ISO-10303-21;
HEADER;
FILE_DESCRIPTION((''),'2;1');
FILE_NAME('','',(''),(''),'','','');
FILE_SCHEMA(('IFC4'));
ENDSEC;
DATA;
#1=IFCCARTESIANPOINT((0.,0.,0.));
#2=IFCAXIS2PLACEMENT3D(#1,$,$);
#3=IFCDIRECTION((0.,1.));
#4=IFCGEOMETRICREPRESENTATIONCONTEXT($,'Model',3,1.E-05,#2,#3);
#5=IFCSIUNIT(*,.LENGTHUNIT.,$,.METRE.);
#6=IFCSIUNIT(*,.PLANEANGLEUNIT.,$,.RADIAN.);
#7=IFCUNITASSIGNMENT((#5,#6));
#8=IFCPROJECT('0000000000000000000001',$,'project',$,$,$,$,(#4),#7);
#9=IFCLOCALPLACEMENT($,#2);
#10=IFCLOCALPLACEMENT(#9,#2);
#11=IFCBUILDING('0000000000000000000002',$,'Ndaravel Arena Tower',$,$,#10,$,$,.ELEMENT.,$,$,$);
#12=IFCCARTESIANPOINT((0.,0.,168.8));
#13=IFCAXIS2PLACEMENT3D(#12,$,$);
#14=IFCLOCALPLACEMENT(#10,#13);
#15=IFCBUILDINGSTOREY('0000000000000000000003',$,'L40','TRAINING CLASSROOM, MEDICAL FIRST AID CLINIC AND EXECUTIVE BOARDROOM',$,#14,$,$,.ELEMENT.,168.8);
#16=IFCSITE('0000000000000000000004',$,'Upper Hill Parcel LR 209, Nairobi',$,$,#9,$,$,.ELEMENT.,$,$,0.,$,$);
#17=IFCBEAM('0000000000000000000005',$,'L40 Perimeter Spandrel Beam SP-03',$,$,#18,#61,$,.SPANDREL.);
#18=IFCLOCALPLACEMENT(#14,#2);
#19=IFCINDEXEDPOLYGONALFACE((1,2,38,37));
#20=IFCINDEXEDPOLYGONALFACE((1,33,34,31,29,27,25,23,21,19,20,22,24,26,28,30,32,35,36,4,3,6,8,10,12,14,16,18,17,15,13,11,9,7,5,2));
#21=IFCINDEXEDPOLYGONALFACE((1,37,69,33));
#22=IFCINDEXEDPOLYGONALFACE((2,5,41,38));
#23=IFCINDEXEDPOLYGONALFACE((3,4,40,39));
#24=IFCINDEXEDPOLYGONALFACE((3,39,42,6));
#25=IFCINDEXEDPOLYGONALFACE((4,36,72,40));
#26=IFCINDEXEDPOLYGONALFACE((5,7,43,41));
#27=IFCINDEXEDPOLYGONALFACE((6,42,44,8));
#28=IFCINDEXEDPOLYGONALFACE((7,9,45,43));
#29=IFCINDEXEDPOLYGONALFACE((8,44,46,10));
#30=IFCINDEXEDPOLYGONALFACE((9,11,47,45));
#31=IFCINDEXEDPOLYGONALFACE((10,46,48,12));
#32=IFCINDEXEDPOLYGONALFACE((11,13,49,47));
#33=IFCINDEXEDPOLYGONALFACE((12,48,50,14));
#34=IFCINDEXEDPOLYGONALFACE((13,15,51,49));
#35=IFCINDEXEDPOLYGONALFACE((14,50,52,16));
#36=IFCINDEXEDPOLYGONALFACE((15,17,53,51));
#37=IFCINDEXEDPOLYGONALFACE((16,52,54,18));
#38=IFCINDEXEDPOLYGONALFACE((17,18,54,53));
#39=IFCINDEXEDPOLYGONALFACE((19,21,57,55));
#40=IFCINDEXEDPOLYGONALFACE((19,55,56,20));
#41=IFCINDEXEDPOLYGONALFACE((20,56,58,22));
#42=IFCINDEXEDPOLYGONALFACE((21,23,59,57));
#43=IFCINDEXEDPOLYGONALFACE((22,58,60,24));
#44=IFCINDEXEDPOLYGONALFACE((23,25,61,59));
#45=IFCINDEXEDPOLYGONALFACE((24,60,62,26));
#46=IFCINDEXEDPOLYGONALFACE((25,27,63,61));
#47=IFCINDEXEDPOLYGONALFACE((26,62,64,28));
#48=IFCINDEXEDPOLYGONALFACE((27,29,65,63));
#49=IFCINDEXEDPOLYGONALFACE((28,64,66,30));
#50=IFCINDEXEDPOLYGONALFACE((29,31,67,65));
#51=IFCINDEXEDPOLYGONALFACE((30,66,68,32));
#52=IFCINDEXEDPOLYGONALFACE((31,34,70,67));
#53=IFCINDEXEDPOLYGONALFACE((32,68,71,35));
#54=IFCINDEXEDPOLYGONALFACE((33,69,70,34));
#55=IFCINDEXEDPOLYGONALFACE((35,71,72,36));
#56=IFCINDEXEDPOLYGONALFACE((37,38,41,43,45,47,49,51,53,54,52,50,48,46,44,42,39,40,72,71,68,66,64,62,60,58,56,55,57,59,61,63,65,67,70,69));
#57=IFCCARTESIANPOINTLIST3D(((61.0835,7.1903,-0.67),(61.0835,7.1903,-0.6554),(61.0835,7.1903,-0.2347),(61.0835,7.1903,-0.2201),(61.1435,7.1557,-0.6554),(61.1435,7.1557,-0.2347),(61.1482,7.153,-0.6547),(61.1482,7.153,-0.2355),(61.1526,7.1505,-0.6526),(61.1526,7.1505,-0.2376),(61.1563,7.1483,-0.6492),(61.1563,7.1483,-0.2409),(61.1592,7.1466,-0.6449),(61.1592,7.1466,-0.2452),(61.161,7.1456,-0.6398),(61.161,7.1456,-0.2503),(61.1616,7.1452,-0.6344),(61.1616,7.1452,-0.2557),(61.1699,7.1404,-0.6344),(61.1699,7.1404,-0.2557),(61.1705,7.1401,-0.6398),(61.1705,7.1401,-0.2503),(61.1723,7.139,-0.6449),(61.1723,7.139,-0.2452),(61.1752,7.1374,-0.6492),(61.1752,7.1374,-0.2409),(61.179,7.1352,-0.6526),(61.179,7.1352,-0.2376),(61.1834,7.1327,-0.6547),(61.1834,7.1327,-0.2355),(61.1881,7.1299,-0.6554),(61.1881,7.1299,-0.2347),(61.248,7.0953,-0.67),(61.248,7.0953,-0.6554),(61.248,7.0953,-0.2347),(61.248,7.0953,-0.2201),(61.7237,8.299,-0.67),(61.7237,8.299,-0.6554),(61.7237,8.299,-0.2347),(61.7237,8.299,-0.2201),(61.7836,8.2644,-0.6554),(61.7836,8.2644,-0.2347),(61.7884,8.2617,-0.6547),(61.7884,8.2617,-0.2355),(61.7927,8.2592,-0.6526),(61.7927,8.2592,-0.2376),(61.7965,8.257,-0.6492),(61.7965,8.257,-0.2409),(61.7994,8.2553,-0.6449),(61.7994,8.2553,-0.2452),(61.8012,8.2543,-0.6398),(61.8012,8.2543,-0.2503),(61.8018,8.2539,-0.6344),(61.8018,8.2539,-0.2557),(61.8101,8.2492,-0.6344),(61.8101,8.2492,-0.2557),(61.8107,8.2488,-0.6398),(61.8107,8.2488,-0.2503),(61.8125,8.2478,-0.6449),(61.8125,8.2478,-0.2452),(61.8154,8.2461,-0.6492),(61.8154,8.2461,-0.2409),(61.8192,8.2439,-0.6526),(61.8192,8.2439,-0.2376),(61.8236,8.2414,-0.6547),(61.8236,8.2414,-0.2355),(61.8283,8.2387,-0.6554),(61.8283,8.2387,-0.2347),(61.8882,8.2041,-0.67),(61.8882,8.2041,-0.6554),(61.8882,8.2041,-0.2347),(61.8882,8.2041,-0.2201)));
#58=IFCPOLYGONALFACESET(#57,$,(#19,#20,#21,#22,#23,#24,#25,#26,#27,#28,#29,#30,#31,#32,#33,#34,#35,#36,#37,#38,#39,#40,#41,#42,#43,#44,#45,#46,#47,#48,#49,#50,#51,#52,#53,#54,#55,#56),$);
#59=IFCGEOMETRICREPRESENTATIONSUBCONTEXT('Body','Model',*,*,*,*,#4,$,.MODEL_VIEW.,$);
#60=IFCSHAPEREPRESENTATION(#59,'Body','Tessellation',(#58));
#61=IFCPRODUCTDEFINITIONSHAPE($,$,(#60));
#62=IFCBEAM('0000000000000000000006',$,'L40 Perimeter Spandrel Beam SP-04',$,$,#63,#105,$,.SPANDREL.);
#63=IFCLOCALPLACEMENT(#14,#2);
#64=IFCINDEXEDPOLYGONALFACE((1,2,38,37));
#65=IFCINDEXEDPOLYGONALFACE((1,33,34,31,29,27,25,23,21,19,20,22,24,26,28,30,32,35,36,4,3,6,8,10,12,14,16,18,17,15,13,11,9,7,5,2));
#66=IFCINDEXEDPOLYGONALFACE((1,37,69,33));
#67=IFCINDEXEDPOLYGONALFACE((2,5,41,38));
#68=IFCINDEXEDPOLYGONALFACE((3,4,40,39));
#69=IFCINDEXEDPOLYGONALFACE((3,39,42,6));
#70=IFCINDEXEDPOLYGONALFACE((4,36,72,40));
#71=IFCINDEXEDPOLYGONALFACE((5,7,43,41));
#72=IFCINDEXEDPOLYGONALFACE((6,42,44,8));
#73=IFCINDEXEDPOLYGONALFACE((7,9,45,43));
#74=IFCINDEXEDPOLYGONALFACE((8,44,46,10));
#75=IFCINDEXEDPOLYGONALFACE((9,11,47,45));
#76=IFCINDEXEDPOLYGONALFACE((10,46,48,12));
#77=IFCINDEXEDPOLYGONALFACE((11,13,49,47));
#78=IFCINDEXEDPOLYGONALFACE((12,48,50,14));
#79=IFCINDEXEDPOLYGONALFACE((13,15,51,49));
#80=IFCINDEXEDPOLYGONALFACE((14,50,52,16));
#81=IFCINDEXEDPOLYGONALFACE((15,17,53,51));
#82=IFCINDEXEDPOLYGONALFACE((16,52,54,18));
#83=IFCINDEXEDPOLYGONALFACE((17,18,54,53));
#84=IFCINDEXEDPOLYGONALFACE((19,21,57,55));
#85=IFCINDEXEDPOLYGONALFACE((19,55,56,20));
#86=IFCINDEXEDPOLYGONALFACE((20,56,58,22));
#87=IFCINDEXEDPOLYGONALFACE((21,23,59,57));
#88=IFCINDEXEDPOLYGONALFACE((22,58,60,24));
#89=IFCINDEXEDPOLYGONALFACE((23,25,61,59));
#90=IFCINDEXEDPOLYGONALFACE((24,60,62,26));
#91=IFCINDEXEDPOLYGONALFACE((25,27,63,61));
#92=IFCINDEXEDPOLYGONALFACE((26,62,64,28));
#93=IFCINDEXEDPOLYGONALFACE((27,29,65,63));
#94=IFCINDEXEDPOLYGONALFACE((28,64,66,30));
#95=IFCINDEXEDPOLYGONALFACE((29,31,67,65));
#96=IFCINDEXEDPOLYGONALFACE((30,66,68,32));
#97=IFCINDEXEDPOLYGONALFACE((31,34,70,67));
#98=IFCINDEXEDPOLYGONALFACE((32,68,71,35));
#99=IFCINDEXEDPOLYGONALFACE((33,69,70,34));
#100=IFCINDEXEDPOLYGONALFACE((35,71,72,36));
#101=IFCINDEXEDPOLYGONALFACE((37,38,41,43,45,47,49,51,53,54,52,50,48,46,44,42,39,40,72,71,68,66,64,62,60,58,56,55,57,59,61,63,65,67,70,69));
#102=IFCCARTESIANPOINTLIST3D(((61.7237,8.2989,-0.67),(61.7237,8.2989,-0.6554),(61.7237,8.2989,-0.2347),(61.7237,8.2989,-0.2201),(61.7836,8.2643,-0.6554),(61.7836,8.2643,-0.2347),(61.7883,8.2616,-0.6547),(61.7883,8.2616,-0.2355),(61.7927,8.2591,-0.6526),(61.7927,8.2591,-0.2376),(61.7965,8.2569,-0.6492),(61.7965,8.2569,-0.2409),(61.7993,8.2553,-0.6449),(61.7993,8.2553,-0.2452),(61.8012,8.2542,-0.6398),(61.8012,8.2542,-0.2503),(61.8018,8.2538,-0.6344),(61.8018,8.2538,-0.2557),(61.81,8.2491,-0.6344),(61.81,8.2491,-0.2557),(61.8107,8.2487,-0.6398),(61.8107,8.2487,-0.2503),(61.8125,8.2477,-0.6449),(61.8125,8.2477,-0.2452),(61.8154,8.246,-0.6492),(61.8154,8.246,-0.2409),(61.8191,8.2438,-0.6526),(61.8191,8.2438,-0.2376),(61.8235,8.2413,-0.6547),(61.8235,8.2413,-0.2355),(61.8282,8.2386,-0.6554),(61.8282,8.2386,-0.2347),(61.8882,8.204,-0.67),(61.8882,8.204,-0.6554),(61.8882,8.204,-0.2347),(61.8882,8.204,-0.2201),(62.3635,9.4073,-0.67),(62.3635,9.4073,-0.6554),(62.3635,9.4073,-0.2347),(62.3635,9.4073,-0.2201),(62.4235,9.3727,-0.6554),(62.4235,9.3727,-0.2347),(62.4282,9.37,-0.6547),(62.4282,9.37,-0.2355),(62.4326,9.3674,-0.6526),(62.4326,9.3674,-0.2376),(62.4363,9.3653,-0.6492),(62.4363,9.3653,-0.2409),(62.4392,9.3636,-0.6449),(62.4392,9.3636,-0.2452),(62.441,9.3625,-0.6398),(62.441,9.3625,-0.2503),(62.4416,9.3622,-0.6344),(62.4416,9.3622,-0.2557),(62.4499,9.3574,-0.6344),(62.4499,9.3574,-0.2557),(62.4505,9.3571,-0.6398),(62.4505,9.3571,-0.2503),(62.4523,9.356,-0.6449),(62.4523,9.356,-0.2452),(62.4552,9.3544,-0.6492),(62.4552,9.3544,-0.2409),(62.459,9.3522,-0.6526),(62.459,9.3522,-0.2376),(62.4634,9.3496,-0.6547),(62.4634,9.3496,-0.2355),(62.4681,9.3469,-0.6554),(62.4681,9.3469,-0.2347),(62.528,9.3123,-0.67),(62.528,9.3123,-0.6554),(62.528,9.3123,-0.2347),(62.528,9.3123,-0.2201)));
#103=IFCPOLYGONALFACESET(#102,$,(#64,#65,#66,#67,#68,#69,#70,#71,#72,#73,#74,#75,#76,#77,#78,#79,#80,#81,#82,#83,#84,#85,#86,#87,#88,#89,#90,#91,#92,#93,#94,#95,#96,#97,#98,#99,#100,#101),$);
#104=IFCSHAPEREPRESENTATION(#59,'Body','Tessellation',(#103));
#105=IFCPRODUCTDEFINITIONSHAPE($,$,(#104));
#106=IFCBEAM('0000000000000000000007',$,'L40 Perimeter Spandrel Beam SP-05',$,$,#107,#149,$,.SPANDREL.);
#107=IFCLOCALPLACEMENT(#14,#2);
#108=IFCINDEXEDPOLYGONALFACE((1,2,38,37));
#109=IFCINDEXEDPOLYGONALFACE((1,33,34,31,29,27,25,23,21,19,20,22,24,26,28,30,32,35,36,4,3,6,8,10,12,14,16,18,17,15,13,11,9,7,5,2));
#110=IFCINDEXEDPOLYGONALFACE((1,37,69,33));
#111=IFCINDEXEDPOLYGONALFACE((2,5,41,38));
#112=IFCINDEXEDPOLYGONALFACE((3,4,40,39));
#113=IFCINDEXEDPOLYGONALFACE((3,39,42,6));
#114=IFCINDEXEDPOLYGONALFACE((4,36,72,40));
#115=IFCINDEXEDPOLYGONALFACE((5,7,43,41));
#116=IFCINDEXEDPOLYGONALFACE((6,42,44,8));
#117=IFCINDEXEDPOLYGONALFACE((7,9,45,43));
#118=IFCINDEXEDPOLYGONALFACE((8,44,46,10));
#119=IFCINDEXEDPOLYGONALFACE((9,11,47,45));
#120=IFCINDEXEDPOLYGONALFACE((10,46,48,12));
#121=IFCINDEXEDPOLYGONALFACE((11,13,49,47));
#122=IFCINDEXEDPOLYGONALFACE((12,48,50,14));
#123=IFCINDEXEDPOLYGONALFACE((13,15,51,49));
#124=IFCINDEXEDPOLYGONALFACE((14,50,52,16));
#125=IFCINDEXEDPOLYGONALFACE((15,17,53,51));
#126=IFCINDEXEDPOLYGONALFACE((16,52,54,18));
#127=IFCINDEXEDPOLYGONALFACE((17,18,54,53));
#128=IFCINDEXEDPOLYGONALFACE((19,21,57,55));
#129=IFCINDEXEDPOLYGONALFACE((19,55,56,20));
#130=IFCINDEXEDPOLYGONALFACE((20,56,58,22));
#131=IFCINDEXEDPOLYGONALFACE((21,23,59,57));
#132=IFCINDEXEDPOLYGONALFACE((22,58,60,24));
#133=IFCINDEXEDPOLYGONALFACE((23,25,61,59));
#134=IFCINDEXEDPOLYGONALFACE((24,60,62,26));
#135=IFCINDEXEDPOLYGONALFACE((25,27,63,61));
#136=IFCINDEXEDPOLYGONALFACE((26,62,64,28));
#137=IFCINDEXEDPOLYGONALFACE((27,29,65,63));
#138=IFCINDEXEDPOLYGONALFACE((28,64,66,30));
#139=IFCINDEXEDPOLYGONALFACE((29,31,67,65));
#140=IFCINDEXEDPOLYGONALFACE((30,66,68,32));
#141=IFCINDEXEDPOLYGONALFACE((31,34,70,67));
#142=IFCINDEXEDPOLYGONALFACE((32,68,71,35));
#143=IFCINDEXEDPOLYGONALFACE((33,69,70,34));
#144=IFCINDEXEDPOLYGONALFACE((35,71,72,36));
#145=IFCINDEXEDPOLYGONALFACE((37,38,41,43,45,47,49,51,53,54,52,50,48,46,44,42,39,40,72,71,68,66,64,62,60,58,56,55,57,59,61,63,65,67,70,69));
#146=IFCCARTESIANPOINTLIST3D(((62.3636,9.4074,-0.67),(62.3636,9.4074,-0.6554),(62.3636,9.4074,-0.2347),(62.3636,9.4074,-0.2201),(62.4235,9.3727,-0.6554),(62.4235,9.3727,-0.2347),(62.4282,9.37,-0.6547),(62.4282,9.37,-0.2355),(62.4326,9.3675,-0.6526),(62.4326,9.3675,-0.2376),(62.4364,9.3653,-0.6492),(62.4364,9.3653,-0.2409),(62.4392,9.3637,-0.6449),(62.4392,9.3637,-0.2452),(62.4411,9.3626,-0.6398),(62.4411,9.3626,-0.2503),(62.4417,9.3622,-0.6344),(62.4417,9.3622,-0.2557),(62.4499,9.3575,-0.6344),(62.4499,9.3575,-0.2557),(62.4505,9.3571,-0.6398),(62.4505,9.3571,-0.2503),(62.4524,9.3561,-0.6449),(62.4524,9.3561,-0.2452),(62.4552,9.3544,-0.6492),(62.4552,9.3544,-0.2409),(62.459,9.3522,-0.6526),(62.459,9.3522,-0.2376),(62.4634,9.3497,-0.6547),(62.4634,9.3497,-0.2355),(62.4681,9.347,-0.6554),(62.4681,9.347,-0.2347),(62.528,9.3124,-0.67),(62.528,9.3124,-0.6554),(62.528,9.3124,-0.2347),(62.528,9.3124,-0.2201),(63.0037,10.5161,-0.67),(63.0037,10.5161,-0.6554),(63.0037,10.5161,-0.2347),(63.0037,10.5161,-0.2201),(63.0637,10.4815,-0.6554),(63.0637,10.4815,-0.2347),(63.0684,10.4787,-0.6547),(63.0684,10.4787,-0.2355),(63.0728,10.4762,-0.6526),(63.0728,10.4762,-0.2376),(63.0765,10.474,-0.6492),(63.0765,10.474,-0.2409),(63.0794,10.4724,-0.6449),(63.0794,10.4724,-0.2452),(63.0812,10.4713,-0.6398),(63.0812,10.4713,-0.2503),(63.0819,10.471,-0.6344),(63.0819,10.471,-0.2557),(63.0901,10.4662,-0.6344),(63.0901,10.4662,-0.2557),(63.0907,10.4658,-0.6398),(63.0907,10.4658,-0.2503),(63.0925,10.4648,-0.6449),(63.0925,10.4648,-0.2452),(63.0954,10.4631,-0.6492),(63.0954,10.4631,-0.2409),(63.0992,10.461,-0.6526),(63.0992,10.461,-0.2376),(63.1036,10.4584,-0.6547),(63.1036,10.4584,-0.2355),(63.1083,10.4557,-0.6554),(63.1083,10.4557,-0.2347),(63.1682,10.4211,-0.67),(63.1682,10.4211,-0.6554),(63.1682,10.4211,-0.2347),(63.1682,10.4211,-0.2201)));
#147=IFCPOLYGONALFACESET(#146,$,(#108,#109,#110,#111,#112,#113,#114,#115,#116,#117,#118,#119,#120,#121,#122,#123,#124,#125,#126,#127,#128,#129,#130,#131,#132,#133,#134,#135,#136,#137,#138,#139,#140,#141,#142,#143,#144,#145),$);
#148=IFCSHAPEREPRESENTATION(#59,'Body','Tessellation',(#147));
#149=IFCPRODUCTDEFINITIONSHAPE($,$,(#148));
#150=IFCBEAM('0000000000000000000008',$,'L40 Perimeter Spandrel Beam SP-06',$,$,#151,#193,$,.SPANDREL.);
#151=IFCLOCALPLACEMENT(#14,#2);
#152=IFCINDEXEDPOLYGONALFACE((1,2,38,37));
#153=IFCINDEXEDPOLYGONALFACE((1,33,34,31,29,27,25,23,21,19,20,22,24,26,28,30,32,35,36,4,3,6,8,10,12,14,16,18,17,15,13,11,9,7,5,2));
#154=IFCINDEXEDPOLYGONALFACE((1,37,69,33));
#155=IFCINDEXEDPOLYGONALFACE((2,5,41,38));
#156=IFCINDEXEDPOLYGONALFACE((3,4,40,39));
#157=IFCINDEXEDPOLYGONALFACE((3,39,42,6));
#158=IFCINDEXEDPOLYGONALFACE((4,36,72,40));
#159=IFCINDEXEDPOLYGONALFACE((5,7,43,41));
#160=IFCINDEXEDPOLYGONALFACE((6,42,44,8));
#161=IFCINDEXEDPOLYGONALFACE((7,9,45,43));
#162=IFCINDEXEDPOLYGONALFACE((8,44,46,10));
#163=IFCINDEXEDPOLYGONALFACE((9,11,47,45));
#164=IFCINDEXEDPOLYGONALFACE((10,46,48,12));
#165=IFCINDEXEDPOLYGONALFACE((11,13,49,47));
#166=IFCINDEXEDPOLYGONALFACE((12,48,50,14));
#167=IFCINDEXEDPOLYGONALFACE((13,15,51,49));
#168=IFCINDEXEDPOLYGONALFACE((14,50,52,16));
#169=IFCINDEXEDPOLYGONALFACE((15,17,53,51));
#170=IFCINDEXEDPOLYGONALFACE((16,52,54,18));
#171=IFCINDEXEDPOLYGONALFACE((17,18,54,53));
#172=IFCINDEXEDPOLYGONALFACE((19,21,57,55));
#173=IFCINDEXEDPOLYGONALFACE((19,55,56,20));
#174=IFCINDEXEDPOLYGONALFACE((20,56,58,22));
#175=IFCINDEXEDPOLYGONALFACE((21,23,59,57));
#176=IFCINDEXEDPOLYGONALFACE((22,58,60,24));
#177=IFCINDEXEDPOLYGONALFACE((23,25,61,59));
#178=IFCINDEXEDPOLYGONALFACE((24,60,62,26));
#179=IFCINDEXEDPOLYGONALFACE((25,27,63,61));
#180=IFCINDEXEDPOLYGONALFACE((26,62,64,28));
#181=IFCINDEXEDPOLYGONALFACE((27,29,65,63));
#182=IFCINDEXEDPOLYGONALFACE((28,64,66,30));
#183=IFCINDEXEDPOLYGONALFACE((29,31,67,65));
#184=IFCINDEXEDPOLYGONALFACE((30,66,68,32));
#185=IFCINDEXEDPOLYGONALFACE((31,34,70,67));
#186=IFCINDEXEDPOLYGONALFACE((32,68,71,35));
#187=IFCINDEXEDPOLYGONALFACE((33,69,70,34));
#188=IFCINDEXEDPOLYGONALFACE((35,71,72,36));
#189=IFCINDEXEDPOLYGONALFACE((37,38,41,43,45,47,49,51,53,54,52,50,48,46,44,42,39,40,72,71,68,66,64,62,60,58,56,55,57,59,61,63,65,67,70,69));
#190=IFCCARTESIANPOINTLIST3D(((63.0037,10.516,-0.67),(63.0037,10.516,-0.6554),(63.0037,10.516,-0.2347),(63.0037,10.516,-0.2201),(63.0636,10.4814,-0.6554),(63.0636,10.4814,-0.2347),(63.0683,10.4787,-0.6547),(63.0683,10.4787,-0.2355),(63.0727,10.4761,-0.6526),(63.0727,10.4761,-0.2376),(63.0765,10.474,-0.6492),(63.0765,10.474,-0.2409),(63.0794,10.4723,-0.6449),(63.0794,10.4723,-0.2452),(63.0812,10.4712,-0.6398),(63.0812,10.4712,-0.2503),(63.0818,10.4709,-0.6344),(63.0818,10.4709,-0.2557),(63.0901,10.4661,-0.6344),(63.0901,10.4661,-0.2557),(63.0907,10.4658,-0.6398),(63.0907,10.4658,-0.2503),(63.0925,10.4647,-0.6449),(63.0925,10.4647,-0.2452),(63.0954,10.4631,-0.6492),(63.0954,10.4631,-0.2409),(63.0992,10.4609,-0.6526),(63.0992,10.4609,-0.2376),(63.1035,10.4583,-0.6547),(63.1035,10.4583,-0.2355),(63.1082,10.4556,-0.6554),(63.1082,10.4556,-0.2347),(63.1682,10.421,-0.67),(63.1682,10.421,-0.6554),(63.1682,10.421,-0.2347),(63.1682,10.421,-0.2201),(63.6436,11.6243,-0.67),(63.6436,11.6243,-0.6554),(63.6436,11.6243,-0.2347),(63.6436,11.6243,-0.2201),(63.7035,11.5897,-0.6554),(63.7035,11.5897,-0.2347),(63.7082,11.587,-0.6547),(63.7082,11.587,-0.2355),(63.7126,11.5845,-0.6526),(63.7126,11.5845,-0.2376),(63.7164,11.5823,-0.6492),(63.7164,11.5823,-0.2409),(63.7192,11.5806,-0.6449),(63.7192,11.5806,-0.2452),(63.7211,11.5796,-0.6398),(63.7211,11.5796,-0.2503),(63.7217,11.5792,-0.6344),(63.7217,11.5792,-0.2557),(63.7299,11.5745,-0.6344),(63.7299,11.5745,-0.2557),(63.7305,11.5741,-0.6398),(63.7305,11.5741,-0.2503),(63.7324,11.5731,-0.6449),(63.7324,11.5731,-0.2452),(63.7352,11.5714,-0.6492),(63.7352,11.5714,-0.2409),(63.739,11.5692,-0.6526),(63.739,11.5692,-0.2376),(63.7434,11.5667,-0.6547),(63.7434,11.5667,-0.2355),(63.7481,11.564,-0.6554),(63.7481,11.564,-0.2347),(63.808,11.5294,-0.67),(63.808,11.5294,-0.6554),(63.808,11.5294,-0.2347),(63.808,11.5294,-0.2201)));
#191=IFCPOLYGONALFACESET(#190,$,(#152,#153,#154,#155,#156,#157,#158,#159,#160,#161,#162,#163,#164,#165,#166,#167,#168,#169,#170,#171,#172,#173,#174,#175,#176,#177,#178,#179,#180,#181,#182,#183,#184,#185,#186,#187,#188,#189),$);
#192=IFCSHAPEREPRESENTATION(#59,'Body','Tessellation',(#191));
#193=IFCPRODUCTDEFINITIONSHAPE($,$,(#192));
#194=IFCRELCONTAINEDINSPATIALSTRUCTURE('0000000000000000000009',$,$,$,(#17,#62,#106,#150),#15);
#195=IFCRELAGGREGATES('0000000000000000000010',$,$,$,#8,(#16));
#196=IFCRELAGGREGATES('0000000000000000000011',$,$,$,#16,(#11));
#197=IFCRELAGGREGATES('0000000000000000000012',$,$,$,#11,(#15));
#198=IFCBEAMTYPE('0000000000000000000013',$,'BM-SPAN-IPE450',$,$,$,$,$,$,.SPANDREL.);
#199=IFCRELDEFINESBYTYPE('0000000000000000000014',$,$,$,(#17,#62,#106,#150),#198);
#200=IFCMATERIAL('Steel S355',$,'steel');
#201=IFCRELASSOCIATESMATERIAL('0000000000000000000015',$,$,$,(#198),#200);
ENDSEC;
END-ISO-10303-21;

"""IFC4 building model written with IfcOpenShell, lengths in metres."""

from ifc_helpers import new_model, si_unit, direction, frame, origin, origin_2d, place, context, subcontext, project, spatial, i_section, extrude, material, material_profile, profile_set, type_object, element, save


model = new_model("IFC4")

# Units and contexts
model_context = context("Model", 3, precision=1e-05, world=origin(), true_north=direction((0.0, 1.0)))
body_context = subcontext(model_context, "Body", "Model", "MODEL_VIEW")
ifc_project = project(units=[si_unit("LENGTHUNIT", "METRE"), si_unit("PLANEANGLEUNIT", "RADIAN")], contexts=[model_context])

# Site, building, storey
site_placement = place(None, origin())
site = spatial("IfcSite", under=ifc_project, at=site_placement, Name="Upper Hill Parcel LR 209, Nairobi", CompositionType="ELEMENT", RefElevation=0.0)
building_placement = place(site_placement, origin())
building = spatial("IfcBuilding", under=site, at=building_placement, Name="Ndaravel Arena Tower", CompositionType="ELEMENT")
storey_placement = place(building_placement, frame((0.0, 0.0, 168.8)))
storey = spatial("IfcBuildingStorey", under=building, at=storey_placement, Name="L40", Description="TRAINING CLASSROOM, MEDICAL FIRST AID CLINIC AND EXECUTIVE BOARDROOM", CompositionType="ELEMENT", Elevation=168.8)

# Beams
ifc_material_1 = material(Name="Steel S355", Category="steel")
ifc_material_profile_1 = material_profile(ifc_material_1, i_section(OverallWidth=0.1899, OverallDepth=0.45, WebThickness=0.0095, FlangeThickness=0.0146, FilletRadius=0.021, at=origin_2d()), Name="IPE 450")
ifc_profile_set_1 = profile_set([ifc_material_profile_1], Name="Steel S355")
beam_type = type_object("IfcBeamType", Name="BM-SPAN-IPE450", PredefinedType="SPANDREL", material=ifc_profile_set_1)
beam_1_placement = place(storey_placement, frame((61.1658, 7.1428, -0.4451), z_axis=(0.500036, 0.866005, 0.0), x_axis=(-0.866005, 0.500036, 0.0)))
element("IfcBeam", 1, at=beam_1_placement, inside=storey, type_object=beam_type, Name="L40 Perimeter Spandrel Beam SP-03", PredefinedType="SPANDREL", context=body_context, shape_type="SweptSolid", body=[
    extrude(i_section(OverallWidth=0.1899, OverallDepth=0.45, WebThickness=0.0095, FlangeThickness=0.0146, FilletRadius=0.021, at=origin_2d()), origin(), (0.0, 0.0, 1.0), 1.2803),
])
beam_2_placement = place(storey_placement, frame((61.8059, 8.2515, -0.4451), z_axis=(0.499976, 0.866039, 0.0), x_axis=(-0.866039, 0.499976, 0.0)))
element("IfcBeam", 2, at=beam_2_placement, inside=storey, type_object=beam_type, Name="L40 Perimeter Spandrel Beam SP-04", PredefinedType="SPANDREL", context=body_context, shape_type="SweptSolid", body=[
    extrude(i_section(OverallWidth=0.1899, OverallDepth=0.45, WebThickness=0.0095, FlangeThickness=0.0146, FilletRadius=0.021, at=origin_2d()), origin(), (0.0, 0.0, 1.0), 1.2798),
])
beam_3_placement = place(storey_placement, frame((62.4458, 9.3599, -0.4451), z_axis=(0.500036, 0.866005, 0.0), x_axis=(-0.866005, 0.500036, 0.0)))
element("IfcBeam", 3, at=beam_3_placement, inside=storey, type_object=beam_type, Name="L40 Perimeter Spandrel Beam SP-05", PredefinedType="SPANDREL", context=body_context, shape_type="SweptSolid", body=[
    extrude(i_section(OverallWidth=0.1899, OverallDepth=0.45, WebThickness=0.0095, FlangeThickness=0.0146, FilletRadius=0.021, at=origin_2d()), origin(), (0.0, 0.0, 1.0), 1.2803),
])
beam_4_placement = place(storey_placement, frame((63.0859, 10.4685, -0.4451), z_axis=(0.499976, 0.866039, 0.0), x_axis=(-0.866039, 0.499976, 0.0)))
element("IfcBeam", 4, at=beam_4_placement, inside=storey, type_object=beam_type, Name="L40 Perimeter Spandrel Beam SP-06", PredefinedType="SPANDREL", context=body_context, shape_type="SweptSolid", body=[
    extrude(i_section(OverallWidth=0.1899, OverallDepth=0.45, WebThickness=0.0095, FlangeThickness=0.0146, FilletRadius=0.021, at=origin_2d()), origin(), (0.0, 0.0, 1.0), 1.2798),
])

save(model, "model.ifc")
